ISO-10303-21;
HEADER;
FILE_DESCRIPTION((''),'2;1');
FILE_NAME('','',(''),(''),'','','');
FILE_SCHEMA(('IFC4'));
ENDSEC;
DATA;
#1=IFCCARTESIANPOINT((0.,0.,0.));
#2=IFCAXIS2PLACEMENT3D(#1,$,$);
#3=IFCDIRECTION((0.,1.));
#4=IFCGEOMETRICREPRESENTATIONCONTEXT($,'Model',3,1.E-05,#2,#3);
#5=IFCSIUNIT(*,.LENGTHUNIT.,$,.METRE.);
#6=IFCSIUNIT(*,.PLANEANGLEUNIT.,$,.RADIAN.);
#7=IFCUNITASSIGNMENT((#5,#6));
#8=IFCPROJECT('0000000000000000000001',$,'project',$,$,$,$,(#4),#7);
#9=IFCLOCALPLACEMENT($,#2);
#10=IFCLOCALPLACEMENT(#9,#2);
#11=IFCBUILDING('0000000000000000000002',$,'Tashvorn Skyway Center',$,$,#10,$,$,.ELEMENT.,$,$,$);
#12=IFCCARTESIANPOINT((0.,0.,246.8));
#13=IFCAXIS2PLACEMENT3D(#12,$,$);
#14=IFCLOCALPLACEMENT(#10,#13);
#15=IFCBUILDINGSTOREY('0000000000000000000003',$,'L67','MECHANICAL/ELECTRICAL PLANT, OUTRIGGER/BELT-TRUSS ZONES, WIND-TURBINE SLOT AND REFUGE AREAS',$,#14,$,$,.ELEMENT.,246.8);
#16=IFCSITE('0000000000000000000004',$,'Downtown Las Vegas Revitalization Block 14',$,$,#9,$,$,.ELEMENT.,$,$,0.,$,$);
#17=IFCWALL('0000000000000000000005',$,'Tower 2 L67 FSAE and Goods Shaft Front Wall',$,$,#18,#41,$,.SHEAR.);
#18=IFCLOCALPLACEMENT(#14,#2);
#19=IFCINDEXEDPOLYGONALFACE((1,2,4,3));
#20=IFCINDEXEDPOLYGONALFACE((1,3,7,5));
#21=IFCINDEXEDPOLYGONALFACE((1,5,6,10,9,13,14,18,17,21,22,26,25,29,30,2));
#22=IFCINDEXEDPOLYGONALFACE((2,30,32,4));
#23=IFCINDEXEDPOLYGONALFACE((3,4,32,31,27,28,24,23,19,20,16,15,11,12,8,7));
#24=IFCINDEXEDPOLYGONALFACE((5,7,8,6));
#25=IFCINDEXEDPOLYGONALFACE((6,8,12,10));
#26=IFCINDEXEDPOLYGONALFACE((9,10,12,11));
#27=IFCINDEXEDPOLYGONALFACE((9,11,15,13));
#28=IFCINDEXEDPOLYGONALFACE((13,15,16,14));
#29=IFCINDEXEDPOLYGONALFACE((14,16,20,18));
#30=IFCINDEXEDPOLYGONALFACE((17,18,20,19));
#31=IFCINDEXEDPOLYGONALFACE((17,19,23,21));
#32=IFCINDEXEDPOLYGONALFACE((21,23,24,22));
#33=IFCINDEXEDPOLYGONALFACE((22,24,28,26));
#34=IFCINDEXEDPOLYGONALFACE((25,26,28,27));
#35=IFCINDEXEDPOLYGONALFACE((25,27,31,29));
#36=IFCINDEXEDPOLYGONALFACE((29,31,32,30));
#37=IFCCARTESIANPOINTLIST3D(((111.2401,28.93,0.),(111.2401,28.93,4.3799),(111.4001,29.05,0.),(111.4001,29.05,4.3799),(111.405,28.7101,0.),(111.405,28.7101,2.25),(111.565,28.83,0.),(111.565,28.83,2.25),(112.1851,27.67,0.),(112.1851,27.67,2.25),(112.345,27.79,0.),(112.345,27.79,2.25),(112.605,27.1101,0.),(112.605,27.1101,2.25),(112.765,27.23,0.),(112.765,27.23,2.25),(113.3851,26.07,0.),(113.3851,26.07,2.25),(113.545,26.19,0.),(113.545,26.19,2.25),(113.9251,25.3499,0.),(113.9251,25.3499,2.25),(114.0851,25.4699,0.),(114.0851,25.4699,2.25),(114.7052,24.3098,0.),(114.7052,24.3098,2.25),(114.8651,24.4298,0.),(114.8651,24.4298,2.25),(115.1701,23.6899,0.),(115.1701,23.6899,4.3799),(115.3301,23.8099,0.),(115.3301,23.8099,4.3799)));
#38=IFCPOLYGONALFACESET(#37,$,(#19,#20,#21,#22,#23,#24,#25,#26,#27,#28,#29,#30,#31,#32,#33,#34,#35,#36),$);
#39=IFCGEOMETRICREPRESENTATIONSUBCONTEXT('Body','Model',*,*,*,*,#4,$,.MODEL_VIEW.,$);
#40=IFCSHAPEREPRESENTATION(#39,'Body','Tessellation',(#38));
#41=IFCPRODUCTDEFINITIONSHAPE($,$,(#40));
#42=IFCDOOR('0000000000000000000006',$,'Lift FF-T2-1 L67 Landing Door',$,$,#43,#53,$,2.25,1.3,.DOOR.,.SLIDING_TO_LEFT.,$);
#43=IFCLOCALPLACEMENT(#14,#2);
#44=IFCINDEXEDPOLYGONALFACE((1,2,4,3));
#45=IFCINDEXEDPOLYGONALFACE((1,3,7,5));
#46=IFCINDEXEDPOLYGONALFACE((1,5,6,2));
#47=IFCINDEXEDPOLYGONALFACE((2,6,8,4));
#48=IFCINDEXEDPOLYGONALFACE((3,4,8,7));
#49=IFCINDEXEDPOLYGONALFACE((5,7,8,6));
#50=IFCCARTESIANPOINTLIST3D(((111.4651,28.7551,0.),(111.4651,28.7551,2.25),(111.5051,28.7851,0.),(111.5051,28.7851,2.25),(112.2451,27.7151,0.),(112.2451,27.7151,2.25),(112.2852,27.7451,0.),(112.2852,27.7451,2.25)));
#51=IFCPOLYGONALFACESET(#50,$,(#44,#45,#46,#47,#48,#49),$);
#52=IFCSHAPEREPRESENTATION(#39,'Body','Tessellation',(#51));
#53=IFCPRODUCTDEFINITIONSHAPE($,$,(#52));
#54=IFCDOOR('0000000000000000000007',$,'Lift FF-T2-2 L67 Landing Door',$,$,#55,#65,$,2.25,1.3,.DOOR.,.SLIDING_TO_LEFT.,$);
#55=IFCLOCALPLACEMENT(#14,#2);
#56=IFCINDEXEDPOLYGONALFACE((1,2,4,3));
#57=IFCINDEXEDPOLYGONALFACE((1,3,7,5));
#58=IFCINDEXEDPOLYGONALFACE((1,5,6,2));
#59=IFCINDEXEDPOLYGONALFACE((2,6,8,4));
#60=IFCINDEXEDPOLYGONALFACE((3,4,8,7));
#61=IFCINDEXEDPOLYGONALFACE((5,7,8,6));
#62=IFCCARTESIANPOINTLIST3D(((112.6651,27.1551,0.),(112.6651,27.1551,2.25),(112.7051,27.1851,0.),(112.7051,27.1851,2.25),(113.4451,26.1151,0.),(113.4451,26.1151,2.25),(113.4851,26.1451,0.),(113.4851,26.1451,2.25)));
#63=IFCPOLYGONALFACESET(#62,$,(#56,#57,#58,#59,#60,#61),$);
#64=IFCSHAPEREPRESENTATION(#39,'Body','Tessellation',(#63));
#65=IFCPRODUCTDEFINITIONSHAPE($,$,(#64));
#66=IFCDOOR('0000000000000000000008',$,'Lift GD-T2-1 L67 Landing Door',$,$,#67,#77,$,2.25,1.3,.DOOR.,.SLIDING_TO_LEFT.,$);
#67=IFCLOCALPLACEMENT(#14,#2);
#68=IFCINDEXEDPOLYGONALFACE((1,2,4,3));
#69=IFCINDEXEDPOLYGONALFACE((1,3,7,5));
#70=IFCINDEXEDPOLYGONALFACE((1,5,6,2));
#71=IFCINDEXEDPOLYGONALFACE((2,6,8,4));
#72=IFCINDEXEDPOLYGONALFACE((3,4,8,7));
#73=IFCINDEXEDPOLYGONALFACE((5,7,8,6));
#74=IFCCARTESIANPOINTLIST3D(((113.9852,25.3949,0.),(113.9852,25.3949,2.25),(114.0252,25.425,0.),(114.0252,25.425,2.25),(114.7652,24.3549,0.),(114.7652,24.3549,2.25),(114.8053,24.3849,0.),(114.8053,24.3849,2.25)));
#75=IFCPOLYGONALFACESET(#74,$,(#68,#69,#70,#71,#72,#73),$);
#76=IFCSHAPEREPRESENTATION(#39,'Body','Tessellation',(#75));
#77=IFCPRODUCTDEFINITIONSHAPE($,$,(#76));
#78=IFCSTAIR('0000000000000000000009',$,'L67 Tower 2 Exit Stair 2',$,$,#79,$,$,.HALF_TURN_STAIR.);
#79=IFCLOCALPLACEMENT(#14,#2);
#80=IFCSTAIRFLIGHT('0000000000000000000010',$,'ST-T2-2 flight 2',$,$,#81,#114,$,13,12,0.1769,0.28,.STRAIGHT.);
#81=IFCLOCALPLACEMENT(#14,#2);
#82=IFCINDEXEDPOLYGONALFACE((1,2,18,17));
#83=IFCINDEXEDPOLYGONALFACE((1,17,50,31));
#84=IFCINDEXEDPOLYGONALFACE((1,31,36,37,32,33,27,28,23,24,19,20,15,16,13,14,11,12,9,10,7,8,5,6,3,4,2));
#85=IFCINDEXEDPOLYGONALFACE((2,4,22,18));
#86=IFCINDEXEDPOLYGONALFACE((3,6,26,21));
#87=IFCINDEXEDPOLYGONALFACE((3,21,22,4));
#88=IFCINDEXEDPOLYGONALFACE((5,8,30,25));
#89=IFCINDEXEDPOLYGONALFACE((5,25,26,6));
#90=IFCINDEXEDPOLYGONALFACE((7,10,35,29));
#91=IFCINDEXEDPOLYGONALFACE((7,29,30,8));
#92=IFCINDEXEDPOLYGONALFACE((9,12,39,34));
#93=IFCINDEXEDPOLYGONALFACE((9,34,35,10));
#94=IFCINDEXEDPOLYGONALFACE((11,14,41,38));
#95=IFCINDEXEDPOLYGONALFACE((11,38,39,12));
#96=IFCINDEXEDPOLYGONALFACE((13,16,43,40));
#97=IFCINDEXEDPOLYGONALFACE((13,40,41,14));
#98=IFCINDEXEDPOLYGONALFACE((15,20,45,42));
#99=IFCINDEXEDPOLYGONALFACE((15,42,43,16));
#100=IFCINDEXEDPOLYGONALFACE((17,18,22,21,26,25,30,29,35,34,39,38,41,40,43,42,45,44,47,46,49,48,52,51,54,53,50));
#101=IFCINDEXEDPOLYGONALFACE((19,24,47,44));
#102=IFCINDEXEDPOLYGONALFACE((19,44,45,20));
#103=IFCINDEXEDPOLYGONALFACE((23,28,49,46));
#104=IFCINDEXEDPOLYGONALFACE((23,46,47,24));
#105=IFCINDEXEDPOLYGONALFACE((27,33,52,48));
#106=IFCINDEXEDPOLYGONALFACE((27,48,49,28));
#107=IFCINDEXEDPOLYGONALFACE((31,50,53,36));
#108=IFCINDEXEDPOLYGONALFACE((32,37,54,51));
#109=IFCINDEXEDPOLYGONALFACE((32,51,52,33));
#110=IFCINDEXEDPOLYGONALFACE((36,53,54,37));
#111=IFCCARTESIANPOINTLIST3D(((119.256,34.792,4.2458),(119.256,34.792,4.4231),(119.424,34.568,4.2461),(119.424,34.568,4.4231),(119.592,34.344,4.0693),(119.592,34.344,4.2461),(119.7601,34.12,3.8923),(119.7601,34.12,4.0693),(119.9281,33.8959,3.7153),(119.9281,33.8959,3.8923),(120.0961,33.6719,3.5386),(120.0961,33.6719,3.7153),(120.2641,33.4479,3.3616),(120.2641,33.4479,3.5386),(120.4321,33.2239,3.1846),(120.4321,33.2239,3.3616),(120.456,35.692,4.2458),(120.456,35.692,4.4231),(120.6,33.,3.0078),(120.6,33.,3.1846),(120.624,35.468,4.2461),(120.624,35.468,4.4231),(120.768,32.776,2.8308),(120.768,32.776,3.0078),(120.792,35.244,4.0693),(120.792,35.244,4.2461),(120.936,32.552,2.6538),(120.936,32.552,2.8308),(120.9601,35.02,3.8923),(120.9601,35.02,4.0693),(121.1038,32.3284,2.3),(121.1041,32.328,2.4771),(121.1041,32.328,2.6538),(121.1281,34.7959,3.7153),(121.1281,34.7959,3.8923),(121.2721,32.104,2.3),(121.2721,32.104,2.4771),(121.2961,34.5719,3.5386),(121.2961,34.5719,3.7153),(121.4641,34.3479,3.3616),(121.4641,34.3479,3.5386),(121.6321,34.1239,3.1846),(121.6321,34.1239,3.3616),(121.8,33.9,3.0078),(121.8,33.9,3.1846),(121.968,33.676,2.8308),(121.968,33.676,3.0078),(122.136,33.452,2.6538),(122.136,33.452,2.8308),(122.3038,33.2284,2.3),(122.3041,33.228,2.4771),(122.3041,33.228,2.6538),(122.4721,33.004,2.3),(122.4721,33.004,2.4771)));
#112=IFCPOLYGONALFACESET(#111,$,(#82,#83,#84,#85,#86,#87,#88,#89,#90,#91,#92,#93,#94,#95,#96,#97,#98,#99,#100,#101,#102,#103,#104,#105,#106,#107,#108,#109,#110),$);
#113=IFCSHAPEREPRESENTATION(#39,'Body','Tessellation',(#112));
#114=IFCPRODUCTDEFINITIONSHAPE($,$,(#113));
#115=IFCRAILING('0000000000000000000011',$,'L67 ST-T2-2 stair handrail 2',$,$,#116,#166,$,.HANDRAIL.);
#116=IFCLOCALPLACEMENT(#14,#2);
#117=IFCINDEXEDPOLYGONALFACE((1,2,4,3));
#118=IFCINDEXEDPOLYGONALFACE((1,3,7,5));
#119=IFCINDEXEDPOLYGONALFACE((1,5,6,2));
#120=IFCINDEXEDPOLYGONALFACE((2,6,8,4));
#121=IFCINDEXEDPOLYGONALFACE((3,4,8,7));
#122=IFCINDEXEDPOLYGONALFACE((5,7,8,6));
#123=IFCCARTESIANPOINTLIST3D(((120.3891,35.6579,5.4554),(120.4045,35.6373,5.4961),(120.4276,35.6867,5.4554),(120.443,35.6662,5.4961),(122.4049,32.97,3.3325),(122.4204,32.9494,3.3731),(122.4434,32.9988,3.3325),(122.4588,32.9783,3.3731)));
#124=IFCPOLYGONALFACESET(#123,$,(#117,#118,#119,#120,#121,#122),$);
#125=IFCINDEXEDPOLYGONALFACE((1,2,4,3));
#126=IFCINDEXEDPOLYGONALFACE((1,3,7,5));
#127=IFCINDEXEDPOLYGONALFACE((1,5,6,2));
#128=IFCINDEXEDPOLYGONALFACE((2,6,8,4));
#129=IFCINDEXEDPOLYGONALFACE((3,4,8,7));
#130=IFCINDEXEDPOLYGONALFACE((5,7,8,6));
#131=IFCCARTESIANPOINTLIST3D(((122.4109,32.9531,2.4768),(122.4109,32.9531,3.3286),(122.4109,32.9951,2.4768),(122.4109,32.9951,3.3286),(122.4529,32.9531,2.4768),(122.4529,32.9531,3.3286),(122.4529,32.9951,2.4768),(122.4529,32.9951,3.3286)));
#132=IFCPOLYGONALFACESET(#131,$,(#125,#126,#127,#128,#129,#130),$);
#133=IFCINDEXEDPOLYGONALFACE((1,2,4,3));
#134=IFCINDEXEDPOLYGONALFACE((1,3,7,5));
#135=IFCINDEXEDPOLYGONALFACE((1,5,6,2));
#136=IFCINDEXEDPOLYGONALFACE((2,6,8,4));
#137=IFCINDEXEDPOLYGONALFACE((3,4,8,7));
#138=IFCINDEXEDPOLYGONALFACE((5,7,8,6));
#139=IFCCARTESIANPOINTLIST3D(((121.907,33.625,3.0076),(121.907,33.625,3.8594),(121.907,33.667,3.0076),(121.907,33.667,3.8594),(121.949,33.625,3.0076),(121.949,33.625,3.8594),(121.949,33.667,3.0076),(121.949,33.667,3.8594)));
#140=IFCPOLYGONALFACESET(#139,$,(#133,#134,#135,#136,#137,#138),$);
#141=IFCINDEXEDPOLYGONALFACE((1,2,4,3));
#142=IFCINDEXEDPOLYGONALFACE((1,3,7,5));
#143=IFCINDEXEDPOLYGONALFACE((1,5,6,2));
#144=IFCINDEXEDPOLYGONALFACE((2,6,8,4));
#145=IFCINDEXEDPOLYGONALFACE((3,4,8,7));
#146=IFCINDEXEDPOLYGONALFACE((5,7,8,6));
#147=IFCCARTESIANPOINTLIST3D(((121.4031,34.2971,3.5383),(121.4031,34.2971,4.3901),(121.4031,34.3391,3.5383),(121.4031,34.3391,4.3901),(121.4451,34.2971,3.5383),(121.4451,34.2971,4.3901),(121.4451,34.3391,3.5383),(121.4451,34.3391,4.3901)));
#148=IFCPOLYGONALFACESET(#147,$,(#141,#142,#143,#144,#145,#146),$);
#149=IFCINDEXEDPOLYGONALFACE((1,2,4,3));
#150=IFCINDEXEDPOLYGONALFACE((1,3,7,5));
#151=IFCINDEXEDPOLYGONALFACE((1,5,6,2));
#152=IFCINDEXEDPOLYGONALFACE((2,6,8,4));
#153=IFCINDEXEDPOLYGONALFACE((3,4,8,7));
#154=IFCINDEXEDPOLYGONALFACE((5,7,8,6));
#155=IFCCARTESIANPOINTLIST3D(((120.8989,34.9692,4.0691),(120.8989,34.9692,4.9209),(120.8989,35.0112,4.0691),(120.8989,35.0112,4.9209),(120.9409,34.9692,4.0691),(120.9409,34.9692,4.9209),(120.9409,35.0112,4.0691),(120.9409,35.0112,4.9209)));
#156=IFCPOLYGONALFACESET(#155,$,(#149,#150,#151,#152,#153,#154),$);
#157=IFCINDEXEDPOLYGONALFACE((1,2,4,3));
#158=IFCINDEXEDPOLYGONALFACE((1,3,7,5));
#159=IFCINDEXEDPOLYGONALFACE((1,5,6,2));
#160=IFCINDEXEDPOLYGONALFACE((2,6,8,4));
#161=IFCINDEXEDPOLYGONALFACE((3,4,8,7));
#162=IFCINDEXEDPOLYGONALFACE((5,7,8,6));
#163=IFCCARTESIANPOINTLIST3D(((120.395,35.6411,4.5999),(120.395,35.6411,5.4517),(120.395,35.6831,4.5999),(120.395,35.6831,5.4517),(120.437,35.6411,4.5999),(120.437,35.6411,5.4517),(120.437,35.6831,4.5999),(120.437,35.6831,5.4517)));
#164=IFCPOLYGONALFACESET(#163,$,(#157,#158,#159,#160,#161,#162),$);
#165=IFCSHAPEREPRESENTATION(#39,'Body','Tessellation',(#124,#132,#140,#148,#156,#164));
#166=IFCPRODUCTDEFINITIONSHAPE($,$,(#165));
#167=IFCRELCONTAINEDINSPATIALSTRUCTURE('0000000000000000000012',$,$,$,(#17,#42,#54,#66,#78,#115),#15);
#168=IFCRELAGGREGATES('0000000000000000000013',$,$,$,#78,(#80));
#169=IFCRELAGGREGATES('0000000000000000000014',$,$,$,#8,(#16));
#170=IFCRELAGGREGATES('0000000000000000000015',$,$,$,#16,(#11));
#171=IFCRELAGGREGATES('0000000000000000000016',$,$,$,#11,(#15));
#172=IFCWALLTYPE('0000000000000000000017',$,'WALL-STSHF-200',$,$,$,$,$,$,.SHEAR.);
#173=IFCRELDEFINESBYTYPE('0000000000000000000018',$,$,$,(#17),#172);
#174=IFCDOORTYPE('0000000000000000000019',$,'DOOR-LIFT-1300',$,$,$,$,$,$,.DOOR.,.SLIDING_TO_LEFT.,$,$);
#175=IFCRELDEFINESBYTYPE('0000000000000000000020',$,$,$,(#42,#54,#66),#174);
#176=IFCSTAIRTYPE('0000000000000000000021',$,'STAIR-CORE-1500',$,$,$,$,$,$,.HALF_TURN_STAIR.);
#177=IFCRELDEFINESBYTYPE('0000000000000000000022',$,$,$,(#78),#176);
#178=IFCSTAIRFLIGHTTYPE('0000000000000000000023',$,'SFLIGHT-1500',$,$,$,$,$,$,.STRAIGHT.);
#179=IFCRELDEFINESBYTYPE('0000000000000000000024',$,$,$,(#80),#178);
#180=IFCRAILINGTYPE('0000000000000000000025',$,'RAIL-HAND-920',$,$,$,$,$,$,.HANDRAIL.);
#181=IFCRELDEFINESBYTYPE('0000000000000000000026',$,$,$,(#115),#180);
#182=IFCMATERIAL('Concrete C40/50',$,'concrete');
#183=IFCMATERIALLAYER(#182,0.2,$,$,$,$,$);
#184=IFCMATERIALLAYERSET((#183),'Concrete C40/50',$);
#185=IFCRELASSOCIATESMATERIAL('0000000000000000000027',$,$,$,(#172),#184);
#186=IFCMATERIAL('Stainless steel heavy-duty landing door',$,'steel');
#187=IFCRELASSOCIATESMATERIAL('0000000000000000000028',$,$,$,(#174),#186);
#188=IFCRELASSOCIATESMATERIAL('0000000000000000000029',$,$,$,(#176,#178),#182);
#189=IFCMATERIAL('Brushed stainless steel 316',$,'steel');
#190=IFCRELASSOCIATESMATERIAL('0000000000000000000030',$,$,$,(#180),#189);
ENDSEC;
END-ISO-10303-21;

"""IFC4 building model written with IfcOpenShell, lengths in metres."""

from ifc_helpers import new_model, si_unit, direction, frame, frame_2d, origin, origin_2d, place, context, subcontext, project, spatial, polyline, rectangle, outline, extrude, material, layer, layer_set, type_object, element, fill, aggregate, save


model = new_model("IFC4")

# Units and contexts
model_context = context("Model", 3, precision=1e-05, world=origin(), true_north=direction((0.0, 1.0)))
body_context = subcontext(model_context, "Body", "Model", "MODEL_VIEW")
ifc_project = project(units=[si_unit("LENGTHUNIT", "METRE"), si_unit("PLANEANGLEUNIT", "RADIAN")], contexts=[model_context])

# Site, building, storey
site_placement = place(None, origin())
site = spatial("IfcSite", under=ifc_project, at=site_placement, Name="Downtown Las Vegas Revitalization Block 14", CompositionType="ELEMENT", RefElevation=0.0)
building_placement = place(site_placement, origin())
building = spatial("IfcBuilding", under=site, at=building_placement, Name="Tashvorn Skyway Center", CompositionType="ELEMENT")
storey_placement = place(building_placement, frame((0.0, 0.0, 246.8)))
storey = spatial("IfcBuildingStorey", under=building, at=storey_placement, Name="L67", Description="MECHANICAL/ELECTRICAL PLANT, OUTRIGGER/BELT-TRUSS ZONES, WIND-TURBINE SLOT AND REFUGE AREAS", CompositionType="ELEMENT", Elevation=246.8)

# Shared definitions
ifc_material_1 = material(Name="Concrete C40/50", Category="concrete")

# Shared definitions
ifc_layer_1 = layer(ifc_material_1, 0.2)
ifc_layer_set_1 = layer_set([ifc_layer_1], Name="Concrete C40/50")
wall_type_1 = type_object("IfcWallType", Name="WALL-STSHF-200", PredefinedType="SHEAR", material=ifc_layer_set_1)

# Wall, openings, doors
wall_1_placement = place(storey_placement, frame((115.25, 23.75, 0.0), z_axis=(0.0, 0.0, 1.0), x_axis=(-0.599994, 0.800004, 0.0)))
wall_1 = element("IfcWall", 1, at=wall_1_placement, inside=storey, type_object=wall_type_1, Name="Tower 2 L67 FSAE and Goods Shaft Front Wall", PredefinedType="SHEAR", context=body_context, shape_type="SweptSolid", body=[
    extrude(rectangle(XDim=6.55, YDim=0.2, at=frame_2d((3.2749, 0.0))), origin(), (0.0, 0.0, 1.0), 4.3799),
])
opening_1_placement = place(wall_1_placement, frame((4.9751, 0.0, 0.0)))
opening_1 = element("IfcOpeningElement", 2, at=opening_1_placement, cuts=wall_1, PredefinedType="OPENING", context=body_context, shape_type="SweptSolid", body=[
    extrude(rectangle(XDim=1.3, YDim=2.25, at=frame_2d((0.6499, 1.125))), frame((0.0, 0.1099, 0.0), z_axis=(0.0, -1.0, 0.0), x_axis=(1.0, 0.0, 0.0)), (0.0, 0.0, 1.0), 0.22),
])
opening_2_placement = place(wall_1_placement, frame((2.9751, 0.0, 0.0)))
opening_2 = element("IfcOpeningElement", 3, at=opening_2_placement, cuts=wall_1, PredefinedType="OPENING", context=body_context, shape_type="SweptSolid", body=[
    extrude(rectangle(XDim=1.3, YDim=2.25, at=frame_2d((0.6499, 1.125))), frame((0.0, 0.1099, 0.0), z_axis=(0.0, -1.0, 0.0), x_axis=(1.0, 0.0, 0.0)), (0.0, 0.0, 1.0), 0.22),
])
opening_3_placement = place(wall_1_placement, frame((0.7749, 0.0, 0.0)))
opening_3 = element("IfcOpeningElement", 4, at=opening_3_placement, cuts=wall_1, PredefinedType="OPENING", context=body_context, shape_type="SweptSolid", body=[
    extrude(rectangle(XDim=1.3, YDim=2.25, at=frame_2d((0.6499, 1.125))), frame((0.0, 0.1099, 0.0), z_axis=(0.0, -1.0, 0.0), x_axis=(1.0, 0.0, 0.0)), (0.0, 0.0, 1.0), 0.22),
])
ifc_material_2 = material(Name="Stainless steel heavy-duty landing door", Category="steel")
door_type_1 = type_object("IfcDoorType", Name="DOOR-LIFT-1300", OperationType="SLIDING_TO_LEFT", PredefinedType="DOOR", material=ifc_material_2)
door_1_placement = place(opening_1_placement, origin())
door_1 = element("IfcDoor", 5, at=door_1_placement, inside=storey, type_object=door_type_1, Name="Lift FF-T2-1 L67 Landing Door", OperationType="SLIDING_TO_LEFT", OverallHeight=2.25, OverallWidth=1.3, PredefinedType="DOOR", context=body_context, shape_type="SweptSolid", body=[
    extrude(rectangle(XDim=1.3, YDim=2.25, at=frame_2d((0.6499, 1.125))), frame((0.0, 0.0249, 0.0), z_axis=(0.0, -1.0, 0.0), x_axis=(1.0, 0.0, 0.0)), (0.0, 0.0, 1.0), 0.05),
])
fill(opening_1, door_1)
door_2_placement = place(opening_2_placement, origin())
door_2 = element("IfcDoor", 6, at=door_2_placement, inside=storey, type_object=door_type_1, Name="Lift FF-T2-2 L67 Landing Door", OperationType="SLIDING_TO_LEFT", OverallHeight=2.25, OverallWidth=1.3, PredefinedType="DOOR", context=body_context, shape_type="SweptSolid", body=[
    extrude(rectangle(XDim=1.3, YDim=2.25, at=frame_2d((0.6499, 1.125))), frame((0.0, 0.0249, 0.0), z_axis=(0.0, -1.0, 0.0), x_axis=(1.0, 0.0, 0.0)), (0.0, 0.0, 1.0), 0.05),
])
fill(opening_2, door_2)
door_3_placement = place(opening_3_placement, origin())
door_3 = element("IfcDoor", 7, at=door_3_placement, inside=storey, type_object=door_type_1, Name="Lift GD-T2-1 L67 Landing Door", OperationType="SLIDING_TO_LEFT", OverallHeight=2.25, OverallWidth=1.3, PredefinedType="DOOR", context=body_context, shape_type="SweptSolid", body=[
    extrude(rectangle(XDim=1.3, YDim=2.25, at=frame_2d((0.6499, 1.125))), frame((0.0, 0.0249, 0.0), z_axis=(0.0, -1.0, 0.0), x_axis=(1.0, 0.0, 0.0)), (0.0, 0.0, 1.0), 0.05),
])
fill(opening_3, door_3)

# Stair, stair flight
stair_type = type_object("IfcStairType", Name="STAIR-CORE-1500", PredefinedType="HALF_TURN_STAIR", material=ifc_material_1)
stair_placement = place(storey_placement, origin())
stair = element("IfcStair", 8, at=stair_placement, inside=storey, type_object=stair_type, Name="L67 Tower 2 Exit Stair 2", PredefinedType="HALF_TURN_STAIR")
stair_flight_type = type_object("IfcStairFlightType", Name="SFLIGHT-1500", PredefinedType="STRAIGHT", material=ifc_material_1)
stair_flight_placement = place(storey_placement, frame((121.8721, 32.554, 2.3), z_axis=(0.0, 0.0, 1.0), x_axis=(-0.6, 0.8, 0.0)))
stair_flight = element("IfcStairFlight", 9, at=stair_flight_placement, type_object=stair_flight_type, Name="ST-T2-2 flight 2", NumberOfRisers=13, NumberOfTreads=12, PredefinedType="STRAIGHT", RiserHeight=0.1769, TreadLength=0.28, context=body_context, shape_type="SweptSolid", body=[
    extrude(outline(polyline([(0.0, 0.0), (0.0, 0.177), (0.28, 0.177), (0.28, 0.3538), (0.5601, 0.3538), (0.5601, 0.5308), (0.8401, 0.5308), (0.8401, 0.7078), (1.1201, 0.7078), (1.1201, 0.8845), (1.3999, 0.8845), (1.3999, 1.0615), (1.6799, 1.0615), (1.6799, 1.2385), (1.96, 1.2385), (1.96, 1.4153), (2.24, 1.4153), (2.24, 1.5923), (2.52, 1.5923), (2.52, 1.7693), (2.8, 1.7693), (2.8, 1.946), (3.0801, 1.946), (3.0801, 2.123), (3.3601, 2.123), (3.3601, 2.3), (3.3601, 1.9458), (0.2805, 0.0), (0.0, 0.0)])), frame((0.0, 0.75, 0.0), z_axis=(0.0, -1.0, 0.0), x_axis=(1.0, 0.0, 0.0)), (0.0, 0.0, 1.0), 1.5),
])
aggregate(stair, [stair_flight])

# Railing
ifc_material_3 = material(Name="Brushed stainless steel 316", Category="steel")
railing_type_1 = type_object("IfcRailingType", Name="RAIL-HAND-920", PredefinedType="HANDRAIL", material=ifc_material_3)
railing_1_placement = place(storey_placement, frame((122.4319, 32.9741, 2.4768)))
element("IfcRailing", 10, at=railing_1_placement, inside=storey, type_object=railing_type_1, Name="L67 ST-T2-2 stair handrail 2", PredefinedType="HANDRAIL", context=body_context, shape_type="SweptSolid", body=[
    extrude(rectangle(XDim=0.0481, YDim=0.0481, at=origin_2d()), frame((0.0, 0.0, 0.876), z_axis=(-0.507206, 0.676315, 0.534172), x_axis=(-0.800017, -0.599977, 0.0)), (0.0, 0.0, 1.0), 3.9744),
    extrude(rectangle(XDim=0.042, YDim=0.042, at=origin_2d()), origin(), (0.0, 0.0, 1.0), 0.8518),
    extrude(rectangle(XDim=0.042, YDim=0.042, at=origin_2d()), frame((-0.5039, 0.6719, 0.5308)), (0.0, 0.0, 1.0), 0.8518),
    extrude(rectangle(XDim=0.042, YDim=0.042, at=origin_2d()), frame((-1.0078, 1.344, 1.0615)), (0.0, 0.0, 1.0), 0.8518),
    extrude(rectangle(XDim=0.042, YDim=0.042, at=origin_2d()), frame((-1.512, 2.0161, 1.5923)), (0.0, 0.0, 1.0), 0.8518),
    extrude(rectangle(XDim=0.042, YDim=0.042, at=origin_2d()), frame((-2.0159, 2.688, 2.123)), (0.0, 0.0, 1.0), 0.8518),
])

save(model, "model.ifc")
